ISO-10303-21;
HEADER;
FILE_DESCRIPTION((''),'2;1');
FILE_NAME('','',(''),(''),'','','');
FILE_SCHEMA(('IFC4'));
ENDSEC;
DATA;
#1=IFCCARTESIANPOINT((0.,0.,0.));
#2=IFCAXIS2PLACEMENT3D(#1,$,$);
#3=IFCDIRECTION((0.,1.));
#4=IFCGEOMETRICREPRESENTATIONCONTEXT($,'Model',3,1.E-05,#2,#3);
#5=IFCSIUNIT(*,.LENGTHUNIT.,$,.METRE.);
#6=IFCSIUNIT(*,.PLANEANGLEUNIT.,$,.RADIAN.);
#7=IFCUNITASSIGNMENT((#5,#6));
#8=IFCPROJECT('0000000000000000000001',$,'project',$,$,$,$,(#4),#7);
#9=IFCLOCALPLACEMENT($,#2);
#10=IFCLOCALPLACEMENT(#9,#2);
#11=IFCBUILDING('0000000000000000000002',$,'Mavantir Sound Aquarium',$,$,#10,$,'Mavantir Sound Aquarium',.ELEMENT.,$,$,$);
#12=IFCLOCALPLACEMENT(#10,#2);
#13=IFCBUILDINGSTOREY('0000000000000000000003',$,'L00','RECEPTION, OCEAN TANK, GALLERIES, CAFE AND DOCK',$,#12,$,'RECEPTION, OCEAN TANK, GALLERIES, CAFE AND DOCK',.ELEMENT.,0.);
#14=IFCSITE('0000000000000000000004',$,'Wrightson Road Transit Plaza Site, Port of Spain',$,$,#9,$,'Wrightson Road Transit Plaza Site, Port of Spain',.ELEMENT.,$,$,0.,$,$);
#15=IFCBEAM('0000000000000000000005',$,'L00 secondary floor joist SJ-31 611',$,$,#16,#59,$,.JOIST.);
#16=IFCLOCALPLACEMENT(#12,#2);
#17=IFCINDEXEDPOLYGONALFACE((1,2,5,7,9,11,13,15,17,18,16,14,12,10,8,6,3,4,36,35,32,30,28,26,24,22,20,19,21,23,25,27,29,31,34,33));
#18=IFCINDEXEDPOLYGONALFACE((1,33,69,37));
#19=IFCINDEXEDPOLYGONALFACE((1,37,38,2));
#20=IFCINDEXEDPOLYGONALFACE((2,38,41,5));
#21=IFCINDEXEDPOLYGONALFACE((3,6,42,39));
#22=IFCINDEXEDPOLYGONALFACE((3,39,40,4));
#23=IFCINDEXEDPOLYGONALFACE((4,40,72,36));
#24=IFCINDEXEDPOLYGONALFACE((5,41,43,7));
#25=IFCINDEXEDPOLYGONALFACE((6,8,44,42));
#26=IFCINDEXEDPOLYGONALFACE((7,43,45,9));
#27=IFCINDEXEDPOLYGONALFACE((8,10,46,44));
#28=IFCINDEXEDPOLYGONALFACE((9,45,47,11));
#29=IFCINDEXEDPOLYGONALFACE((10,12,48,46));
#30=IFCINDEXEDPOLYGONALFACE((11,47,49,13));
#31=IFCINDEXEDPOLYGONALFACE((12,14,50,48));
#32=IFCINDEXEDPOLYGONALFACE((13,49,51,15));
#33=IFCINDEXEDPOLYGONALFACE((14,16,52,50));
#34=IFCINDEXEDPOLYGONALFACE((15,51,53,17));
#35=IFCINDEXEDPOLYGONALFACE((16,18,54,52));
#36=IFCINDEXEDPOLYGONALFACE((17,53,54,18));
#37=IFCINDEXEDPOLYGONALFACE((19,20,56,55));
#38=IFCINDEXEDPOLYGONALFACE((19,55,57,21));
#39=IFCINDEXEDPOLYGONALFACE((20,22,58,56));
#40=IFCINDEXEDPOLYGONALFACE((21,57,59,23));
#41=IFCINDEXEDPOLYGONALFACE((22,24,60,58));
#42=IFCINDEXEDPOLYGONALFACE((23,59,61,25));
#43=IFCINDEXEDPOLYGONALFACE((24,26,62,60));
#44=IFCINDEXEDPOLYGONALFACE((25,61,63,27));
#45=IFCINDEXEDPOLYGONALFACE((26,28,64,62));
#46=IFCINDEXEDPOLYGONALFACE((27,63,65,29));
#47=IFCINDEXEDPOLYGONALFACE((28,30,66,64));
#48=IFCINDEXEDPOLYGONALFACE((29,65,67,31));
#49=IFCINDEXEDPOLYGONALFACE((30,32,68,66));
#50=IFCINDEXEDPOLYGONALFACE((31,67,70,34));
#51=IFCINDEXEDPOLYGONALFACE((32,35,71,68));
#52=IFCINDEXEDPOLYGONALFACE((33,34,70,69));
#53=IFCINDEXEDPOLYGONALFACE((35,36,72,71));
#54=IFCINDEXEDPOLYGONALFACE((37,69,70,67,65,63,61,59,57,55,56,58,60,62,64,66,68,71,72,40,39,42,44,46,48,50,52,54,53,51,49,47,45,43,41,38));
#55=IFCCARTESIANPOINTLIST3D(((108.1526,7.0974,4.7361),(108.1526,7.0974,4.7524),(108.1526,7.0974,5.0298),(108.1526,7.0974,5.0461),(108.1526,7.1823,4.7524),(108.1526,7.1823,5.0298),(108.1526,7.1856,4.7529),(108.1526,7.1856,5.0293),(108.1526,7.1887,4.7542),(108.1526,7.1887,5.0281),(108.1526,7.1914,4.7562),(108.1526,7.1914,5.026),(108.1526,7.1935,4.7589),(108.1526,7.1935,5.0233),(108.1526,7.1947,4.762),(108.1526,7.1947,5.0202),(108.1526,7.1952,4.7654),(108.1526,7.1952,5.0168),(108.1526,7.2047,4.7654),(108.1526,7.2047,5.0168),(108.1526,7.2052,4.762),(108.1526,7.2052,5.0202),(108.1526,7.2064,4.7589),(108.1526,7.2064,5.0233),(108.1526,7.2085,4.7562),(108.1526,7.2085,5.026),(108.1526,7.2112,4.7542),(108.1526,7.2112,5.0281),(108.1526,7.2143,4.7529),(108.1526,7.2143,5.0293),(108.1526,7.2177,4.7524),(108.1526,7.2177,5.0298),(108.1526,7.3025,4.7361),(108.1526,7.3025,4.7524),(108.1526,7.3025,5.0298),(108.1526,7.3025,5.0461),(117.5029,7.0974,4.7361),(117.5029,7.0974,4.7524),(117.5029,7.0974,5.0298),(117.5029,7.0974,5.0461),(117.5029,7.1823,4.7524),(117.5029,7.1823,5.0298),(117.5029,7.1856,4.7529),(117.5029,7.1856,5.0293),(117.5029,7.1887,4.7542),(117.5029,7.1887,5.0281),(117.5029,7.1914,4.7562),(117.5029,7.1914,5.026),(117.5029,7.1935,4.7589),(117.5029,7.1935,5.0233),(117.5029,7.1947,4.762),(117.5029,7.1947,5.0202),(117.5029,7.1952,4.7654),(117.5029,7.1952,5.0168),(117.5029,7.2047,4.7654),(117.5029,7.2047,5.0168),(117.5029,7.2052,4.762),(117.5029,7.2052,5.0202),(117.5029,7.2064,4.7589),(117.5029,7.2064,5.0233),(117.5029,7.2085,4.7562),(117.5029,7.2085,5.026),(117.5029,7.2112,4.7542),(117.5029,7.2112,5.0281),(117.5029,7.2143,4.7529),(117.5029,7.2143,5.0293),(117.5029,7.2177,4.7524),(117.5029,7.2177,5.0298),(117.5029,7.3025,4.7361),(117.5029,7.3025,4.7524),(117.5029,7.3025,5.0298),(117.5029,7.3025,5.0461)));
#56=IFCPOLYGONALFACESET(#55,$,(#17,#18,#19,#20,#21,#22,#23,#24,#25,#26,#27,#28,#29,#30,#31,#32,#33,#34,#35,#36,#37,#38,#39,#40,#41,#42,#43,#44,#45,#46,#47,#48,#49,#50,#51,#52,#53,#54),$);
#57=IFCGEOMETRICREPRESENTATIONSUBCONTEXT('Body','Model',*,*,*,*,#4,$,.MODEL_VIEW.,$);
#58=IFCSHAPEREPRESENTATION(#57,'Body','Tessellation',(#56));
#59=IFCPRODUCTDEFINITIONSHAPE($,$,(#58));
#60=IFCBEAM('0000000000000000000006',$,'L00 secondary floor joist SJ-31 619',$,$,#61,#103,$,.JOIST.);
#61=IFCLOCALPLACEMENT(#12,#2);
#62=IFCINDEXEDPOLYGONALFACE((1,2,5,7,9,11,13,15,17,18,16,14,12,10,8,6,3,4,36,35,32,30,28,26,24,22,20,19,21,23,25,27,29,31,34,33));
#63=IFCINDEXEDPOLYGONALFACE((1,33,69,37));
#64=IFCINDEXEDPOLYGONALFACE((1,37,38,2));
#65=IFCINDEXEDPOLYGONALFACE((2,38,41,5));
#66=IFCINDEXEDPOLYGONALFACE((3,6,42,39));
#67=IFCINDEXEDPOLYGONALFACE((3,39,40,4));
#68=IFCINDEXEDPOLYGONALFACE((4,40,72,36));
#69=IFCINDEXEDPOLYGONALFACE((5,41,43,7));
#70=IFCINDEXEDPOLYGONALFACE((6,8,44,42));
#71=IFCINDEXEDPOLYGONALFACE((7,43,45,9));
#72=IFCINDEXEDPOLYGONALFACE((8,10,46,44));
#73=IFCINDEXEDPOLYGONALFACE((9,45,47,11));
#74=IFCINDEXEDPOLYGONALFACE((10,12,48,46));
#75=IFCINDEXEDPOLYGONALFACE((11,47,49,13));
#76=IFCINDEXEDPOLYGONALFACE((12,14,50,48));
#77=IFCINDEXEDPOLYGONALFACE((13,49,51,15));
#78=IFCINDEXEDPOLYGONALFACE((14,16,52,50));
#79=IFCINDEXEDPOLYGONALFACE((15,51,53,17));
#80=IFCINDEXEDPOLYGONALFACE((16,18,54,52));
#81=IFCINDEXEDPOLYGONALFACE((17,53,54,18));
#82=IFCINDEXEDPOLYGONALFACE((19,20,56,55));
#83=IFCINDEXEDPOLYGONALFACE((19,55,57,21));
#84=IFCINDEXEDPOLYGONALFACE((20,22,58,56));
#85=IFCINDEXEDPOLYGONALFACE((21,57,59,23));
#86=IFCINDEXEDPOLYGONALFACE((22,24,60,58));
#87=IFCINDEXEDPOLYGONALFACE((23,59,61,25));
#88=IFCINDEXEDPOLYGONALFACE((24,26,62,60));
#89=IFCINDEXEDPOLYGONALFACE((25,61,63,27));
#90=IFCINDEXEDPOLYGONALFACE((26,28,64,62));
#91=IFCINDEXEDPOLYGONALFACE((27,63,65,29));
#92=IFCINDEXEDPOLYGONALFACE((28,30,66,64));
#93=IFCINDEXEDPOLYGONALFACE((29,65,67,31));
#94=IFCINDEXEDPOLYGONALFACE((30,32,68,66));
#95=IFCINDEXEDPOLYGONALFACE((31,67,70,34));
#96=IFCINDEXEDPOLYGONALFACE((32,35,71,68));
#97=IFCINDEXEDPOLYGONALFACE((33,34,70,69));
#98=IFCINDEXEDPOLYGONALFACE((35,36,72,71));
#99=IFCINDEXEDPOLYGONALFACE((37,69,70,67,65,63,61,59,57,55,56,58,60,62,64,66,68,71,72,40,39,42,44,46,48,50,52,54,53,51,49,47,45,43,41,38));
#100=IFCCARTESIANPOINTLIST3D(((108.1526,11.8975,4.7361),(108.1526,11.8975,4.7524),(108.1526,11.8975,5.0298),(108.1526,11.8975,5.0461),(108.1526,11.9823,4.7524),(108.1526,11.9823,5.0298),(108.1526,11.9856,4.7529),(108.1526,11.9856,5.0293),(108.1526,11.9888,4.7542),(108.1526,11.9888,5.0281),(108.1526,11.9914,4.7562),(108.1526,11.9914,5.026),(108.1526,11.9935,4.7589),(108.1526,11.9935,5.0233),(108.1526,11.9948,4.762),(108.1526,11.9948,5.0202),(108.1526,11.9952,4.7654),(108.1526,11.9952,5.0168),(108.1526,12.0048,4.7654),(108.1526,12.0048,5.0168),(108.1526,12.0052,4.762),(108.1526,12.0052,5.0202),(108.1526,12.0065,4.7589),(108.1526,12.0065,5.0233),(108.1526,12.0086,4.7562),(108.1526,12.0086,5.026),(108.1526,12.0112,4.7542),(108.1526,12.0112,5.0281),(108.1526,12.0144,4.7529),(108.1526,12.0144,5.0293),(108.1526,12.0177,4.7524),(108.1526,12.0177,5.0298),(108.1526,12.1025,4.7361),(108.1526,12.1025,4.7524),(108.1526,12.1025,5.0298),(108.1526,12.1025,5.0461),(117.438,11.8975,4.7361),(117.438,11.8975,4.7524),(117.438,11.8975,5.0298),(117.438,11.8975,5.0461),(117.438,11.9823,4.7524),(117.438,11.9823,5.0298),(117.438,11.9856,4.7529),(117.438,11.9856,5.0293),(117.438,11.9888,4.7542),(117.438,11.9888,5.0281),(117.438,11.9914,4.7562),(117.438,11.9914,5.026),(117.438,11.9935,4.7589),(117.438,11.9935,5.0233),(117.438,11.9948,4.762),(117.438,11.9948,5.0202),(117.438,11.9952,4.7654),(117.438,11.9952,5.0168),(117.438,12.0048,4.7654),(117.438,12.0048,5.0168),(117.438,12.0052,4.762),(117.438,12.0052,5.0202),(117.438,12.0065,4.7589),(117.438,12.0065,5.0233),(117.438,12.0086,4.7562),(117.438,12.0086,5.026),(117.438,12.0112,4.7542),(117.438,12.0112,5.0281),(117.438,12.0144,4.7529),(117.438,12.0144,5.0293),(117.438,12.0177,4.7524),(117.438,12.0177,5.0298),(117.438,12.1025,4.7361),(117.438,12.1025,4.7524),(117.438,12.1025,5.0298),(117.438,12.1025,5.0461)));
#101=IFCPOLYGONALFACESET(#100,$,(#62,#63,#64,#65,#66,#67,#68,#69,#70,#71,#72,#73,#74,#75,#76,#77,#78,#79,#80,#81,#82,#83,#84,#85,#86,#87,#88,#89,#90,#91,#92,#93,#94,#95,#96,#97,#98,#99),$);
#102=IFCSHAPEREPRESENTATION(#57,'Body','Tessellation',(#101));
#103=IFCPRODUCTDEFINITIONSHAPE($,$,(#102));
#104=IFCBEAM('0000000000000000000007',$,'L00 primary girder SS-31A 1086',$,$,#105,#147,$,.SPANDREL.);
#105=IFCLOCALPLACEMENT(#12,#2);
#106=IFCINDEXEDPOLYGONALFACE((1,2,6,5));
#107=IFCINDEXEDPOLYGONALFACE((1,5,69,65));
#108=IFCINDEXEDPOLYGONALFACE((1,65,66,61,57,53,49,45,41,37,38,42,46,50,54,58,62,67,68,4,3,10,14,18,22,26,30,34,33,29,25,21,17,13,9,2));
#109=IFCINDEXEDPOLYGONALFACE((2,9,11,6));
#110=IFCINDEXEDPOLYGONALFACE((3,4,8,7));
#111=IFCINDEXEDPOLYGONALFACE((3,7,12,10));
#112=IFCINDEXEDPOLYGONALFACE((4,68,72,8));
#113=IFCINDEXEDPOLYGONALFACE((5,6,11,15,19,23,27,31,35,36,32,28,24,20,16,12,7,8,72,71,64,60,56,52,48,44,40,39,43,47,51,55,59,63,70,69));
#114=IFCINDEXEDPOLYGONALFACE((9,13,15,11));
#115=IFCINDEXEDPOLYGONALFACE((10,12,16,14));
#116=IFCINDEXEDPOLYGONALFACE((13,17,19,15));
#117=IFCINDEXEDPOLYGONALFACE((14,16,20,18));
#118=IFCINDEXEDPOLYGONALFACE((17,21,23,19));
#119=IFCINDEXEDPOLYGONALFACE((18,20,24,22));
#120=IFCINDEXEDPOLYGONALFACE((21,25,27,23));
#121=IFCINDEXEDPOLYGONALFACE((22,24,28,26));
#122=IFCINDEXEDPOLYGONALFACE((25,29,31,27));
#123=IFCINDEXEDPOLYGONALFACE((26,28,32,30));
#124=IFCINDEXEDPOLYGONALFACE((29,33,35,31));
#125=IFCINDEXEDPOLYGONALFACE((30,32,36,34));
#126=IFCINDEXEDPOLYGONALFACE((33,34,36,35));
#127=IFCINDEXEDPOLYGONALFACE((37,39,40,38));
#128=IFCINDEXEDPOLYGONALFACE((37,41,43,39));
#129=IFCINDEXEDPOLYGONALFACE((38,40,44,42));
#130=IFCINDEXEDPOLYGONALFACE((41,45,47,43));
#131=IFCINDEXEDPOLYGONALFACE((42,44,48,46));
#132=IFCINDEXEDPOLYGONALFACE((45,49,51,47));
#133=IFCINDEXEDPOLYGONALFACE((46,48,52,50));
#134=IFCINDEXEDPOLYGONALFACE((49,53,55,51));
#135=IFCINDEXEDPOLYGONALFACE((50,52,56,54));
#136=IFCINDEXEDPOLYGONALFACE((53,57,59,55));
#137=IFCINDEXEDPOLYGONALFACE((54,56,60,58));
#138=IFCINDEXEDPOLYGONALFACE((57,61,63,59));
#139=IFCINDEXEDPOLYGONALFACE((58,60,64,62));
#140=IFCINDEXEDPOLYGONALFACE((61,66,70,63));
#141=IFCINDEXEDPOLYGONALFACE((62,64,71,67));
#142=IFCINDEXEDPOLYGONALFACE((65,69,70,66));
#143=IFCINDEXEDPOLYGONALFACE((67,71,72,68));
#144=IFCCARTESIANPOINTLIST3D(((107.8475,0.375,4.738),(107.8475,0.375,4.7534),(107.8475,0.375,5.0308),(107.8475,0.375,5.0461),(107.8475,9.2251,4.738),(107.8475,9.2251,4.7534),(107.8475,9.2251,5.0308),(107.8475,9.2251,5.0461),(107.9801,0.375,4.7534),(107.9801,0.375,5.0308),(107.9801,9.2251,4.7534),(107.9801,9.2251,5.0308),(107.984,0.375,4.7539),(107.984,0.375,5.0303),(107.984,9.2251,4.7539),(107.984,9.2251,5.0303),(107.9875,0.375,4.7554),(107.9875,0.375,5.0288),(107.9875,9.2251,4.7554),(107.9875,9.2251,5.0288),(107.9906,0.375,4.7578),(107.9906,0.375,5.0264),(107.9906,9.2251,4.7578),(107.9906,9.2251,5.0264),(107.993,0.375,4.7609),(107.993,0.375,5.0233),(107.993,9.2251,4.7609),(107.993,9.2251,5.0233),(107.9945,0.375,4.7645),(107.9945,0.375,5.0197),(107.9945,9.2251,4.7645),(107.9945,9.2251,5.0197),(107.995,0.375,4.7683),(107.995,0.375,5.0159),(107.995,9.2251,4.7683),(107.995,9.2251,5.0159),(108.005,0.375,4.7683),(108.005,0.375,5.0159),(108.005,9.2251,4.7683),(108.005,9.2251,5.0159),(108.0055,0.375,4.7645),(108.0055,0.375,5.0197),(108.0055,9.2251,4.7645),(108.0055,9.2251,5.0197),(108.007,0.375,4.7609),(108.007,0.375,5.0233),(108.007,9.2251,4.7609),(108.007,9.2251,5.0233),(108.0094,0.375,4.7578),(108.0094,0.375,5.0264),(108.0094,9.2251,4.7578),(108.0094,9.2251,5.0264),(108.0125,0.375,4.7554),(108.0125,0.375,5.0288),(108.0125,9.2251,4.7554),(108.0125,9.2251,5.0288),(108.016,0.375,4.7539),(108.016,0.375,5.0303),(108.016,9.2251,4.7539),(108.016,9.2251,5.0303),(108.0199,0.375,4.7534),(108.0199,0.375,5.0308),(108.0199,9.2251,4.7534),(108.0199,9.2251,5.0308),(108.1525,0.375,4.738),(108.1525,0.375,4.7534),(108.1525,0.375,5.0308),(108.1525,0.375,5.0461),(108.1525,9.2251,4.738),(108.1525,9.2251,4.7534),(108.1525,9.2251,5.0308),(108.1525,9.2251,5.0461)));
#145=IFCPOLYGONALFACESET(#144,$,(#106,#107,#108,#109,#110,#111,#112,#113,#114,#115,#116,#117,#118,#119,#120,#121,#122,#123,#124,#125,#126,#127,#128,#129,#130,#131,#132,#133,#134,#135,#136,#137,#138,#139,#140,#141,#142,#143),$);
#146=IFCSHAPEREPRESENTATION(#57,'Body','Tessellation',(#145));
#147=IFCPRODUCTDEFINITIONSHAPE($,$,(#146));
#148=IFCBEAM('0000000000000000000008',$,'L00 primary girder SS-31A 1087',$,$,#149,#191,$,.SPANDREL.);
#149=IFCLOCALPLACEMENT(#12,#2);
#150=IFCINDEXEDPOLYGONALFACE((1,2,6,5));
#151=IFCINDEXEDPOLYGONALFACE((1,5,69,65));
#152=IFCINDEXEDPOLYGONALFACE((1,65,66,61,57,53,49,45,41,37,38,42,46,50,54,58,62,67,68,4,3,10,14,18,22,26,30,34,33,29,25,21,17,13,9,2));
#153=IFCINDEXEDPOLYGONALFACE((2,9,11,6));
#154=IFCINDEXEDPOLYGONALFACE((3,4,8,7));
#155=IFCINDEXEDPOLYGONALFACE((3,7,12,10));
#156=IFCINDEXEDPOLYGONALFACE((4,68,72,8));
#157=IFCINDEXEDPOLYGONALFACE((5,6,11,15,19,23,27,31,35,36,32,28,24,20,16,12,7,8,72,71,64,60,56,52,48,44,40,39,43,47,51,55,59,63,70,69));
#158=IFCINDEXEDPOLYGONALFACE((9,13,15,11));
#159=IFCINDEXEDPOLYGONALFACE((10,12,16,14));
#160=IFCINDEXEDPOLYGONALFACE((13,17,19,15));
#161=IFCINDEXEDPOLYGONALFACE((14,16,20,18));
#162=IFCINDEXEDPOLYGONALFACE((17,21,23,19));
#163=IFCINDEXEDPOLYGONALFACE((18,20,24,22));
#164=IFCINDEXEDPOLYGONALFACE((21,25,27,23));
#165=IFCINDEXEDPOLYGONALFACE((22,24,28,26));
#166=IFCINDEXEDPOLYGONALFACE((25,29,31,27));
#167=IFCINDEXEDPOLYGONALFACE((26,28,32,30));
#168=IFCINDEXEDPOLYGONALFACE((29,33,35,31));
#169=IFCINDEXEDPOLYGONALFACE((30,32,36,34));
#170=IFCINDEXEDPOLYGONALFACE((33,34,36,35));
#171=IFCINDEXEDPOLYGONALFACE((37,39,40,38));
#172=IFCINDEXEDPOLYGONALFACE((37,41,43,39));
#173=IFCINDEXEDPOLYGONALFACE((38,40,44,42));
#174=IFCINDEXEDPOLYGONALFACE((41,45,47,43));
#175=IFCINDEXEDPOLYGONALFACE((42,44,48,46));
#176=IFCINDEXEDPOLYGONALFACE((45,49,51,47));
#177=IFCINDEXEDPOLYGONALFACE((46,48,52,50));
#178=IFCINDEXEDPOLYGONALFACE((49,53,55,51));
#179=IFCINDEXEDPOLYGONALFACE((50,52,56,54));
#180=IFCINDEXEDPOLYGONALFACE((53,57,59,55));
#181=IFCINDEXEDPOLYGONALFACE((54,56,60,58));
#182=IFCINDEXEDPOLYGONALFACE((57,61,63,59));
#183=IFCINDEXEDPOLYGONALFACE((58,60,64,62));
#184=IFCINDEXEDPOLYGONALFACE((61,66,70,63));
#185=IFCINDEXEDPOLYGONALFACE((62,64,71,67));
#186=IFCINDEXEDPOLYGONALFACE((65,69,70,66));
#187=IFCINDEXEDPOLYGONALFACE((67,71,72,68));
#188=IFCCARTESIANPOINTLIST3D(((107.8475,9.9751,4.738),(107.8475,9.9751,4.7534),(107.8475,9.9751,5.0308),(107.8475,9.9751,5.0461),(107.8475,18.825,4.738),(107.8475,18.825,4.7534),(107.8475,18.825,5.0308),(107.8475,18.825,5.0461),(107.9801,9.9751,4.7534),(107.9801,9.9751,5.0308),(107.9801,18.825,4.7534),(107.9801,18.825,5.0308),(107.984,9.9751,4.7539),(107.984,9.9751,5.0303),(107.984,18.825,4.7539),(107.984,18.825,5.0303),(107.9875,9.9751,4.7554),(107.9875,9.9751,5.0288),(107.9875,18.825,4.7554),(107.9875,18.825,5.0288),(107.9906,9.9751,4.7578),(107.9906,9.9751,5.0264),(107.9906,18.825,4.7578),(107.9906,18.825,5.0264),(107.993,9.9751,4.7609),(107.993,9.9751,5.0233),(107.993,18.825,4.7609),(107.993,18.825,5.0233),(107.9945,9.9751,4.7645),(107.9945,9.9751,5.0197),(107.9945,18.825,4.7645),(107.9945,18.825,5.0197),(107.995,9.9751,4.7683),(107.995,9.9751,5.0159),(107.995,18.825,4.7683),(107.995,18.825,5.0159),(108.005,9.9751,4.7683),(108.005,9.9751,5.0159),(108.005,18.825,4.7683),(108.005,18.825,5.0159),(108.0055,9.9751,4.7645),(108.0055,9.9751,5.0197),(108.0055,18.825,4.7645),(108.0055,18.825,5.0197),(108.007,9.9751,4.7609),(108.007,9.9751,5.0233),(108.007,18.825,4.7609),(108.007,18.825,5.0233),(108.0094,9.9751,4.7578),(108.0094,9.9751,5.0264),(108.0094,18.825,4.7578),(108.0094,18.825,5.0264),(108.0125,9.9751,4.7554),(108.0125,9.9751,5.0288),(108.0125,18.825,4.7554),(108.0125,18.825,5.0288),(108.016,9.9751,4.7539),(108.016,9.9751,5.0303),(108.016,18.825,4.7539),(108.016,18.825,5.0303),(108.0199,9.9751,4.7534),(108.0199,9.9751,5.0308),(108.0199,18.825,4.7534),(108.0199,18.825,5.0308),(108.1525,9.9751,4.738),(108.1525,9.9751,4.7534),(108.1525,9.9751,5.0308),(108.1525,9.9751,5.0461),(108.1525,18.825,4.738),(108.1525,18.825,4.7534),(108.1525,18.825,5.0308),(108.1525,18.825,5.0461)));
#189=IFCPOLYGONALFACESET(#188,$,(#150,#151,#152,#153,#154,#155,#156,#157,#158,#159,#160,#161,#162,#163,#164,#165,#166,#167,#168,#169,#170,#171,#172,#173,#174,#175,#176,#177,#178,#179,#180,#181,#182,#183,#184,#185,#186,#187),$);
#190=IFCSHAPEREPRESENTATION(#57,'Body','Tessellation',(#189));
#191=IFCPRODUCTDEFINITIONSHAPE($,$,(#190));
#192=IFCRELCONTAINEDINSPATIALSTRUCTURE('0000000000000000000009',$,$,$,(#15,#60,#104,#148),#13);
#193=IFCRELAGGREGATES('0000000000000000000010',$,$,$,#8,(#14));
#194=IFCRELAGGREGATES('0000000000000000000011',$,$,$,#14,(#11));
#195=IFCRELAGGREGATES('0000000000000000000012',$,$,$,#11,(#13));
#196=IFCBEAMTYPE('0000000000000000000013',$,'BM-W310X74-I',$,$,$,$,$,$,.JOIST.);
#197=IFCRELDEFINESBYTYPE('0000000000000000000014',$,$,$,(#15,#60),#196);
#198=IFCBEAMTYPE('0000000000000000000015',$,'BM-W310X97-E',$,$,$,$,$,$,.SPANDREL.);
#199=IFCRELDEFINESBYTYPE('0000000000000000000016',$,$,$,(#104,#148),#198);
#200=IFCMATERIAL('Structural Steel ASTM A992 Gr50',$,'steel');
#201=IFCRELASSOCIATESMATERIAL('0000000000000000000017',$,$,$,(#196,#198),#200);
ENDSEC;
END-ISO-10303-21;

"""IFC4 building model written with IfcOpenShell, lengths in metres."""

from ifc_helpers import new_model, si_unit, direction, frame, origin, origin_2d, place, context, subcontext, project, spatial, i_section, extrude, material, material_profile, profile_set, type_object, element, save


model = new_model("IFC4")

# Units and contexts
model_context = context("Model", 3, precision=1e-05, world=origin(), true_north=direction((0.0, 1.0)))
body_context = subcontext(model_context, "Body", "Model", "MODEL_VIEW")
ifc_project = project(units=[si_unit("LENGTHUNIT", "METRE"), si_unit("PLANEANGLEUNIT", "RADIAN")], contexts=[model_context])

# Site, building, storey
site_placement = place(None, origin())
site = spatial("IfcSite", under=ifc_project, at=site_placement, Name="Wrightson Road Transit Plaza Site, Port of Spain", LongName="Wrightson Road Transit Plaza Site, Port of Spain", CompositionType="ELEMENT", RefElevation=0.0)
building_placement = place(site_placement, origin())
building = spatial("IfcBuilding", under=site, at=building_placement, Name="Mavantir Sound Aquarium", LongName="Mavantir Sound Aquarium", CompositionType="ELEMENT")
storey_placement = place(building_placement, origin())
storey = spatial("IfcBuildingStorey", under=building, at=storey_placement, Name="L00", Description="RECEPTION, OCEAN TANK, GALLERIES, CAFE AND DOCK", LongName="RECEPTION, OCEAN TANK, GALLERIES, CAFE AND DOCK", CompositionType="ELEMENT", Elevation=0.0)

# Beams
ifc_material_1 = material(Name="Structural Steel ASTM A992 Gr50", Category="steel")
ifc_material_profile_1 = material_profile(ifc_material_1, i_section(OverallWidth=0.2051, OverallDepth=0.3101, WebThickness=0.0095, FlangeThickness=0.0164, FilletRadius=0.0129, at=origin_2d()), Name="W310X74")
ifc_profile_set_1 = profile_set([ifc_material_profile_1], Name="Structural Steel ASTM A992 Gr50")
beam_type_1 = type_object("IfcBeamType", Name="BM-W310X74-I", PredefinedType="JOIST", material=ifc_profile_set_1)
beam_1_placement = place(storey_placement, frame((108.1526, 7.2, 4.8911), z_axis=(1.0, 0.0, 0.0), x_axis=(0.0, 1.0, 0.0)))
element("IfcBeam", 1, at=beam_1_placement, inside=storey, type_object=beam_type_1, Name="L00 secondary floor joist SJ-31 611", PredefinedType="JOIST", context=body_context, shape_type="SweptSolid", body=[
    extrude(i_section(OverallWidth=0.2051, OverallDepth=0.3101, WebThickness=0.0095, FlangeThickness=0.0164, FilletRadius=0.0129, at=origin_2d()), origin(), (0.0, 0.0, 1.0), 9.3503),
])
beam_2_placement = place(storey_placement, frame((108.1526, 12.0, 4.8911), z_axis=(1.0, 0.0, 0.0), x_axis=(0.0, 1.0, 0.0)))
element("IfcBeam", 2, at=beam_2_placement, inside=storey, type_object=beam_type_1, Name="L00 secondary floor joist SJ-31 619", PredefinedType="JOIST", context=body_context, shape_type="SweptSolid", body=[
    extrude(i_section(OverallWidth=0.2051, OverallDepth=0.3101, WebThickness=0.0095, FlangeThickness=0.0164, FilletRadius=0.0129, at=origin_2d()), origin(), (0.0, 0.0, 1.0), 9.2854),
])
ifc_material_profile_2 = material_profile(ifc_material_1, i_section(OverallWidth=0.3049, OverallDepth=0.3081, WebThickness=0.01, FlangeThickness=0.0154, FilletRadius=0.0149, at=origin_2d()), Name="W310X97")
ifc_profile_set_2 = profile_set([ifc_material_profile_2], Name="Structural Steel ASTM A992 Gr50")
beam_type_2 = type_object("IfcBeamType", Name="BM-W310X97-E", PredefinedType="SPANDREL", material=ifc_profile_set_2)
beam_3_placement = place(storey_placement, frame((108.0, 0.375, 4.8921), z_axis=(0.0, 1.0, 0.0), x_axis=(-1.0, 0.0, 0.0)))
element("IfcBeam", 3, at=beam_3_placement, inside=storey, type_object=beam_type_2, Name="L00 primary girder SS-31A 1086", PredefinedType="SPANDREL", context=body_context, shape_type="SweptSolid", body=[
    extrude(i_section(OverallWidth=0.3049, OverallDepth=0.3081, WebThickness=0.01, FlangeThickness=0.0154, FilletRadius=0.0149, at=origin_2d()), origin(), (0.0, 0.0, 1.0), 8.8501),
])
beam_4_placement = place(storey_placement, frame((108.0, 9.9751, 4.8921), z_axis=(0.0, 1.0, 0.0), x_axis=(-1.0, 0.0, 0.0)))
element("IfcBeam", 4, at=beam_4_placement, inside=storey, type_object=beam_type_2, Name="L00 primary girder SS-31A 1087", PredefinedType="SPANDREL", context=body_context, shape_type="SweptSolid", body=[
    extrude(i_section(OverallWidth=0.3049, OverallDepth=0.3081, WebThickness=0.01, FlangeThickness=0.0154, FilletRadius=0.0149, at=origin_2d()), origin(), (0.0, 0.0, 1.0), 8.8499),
])

save(model, "model.ifc")
